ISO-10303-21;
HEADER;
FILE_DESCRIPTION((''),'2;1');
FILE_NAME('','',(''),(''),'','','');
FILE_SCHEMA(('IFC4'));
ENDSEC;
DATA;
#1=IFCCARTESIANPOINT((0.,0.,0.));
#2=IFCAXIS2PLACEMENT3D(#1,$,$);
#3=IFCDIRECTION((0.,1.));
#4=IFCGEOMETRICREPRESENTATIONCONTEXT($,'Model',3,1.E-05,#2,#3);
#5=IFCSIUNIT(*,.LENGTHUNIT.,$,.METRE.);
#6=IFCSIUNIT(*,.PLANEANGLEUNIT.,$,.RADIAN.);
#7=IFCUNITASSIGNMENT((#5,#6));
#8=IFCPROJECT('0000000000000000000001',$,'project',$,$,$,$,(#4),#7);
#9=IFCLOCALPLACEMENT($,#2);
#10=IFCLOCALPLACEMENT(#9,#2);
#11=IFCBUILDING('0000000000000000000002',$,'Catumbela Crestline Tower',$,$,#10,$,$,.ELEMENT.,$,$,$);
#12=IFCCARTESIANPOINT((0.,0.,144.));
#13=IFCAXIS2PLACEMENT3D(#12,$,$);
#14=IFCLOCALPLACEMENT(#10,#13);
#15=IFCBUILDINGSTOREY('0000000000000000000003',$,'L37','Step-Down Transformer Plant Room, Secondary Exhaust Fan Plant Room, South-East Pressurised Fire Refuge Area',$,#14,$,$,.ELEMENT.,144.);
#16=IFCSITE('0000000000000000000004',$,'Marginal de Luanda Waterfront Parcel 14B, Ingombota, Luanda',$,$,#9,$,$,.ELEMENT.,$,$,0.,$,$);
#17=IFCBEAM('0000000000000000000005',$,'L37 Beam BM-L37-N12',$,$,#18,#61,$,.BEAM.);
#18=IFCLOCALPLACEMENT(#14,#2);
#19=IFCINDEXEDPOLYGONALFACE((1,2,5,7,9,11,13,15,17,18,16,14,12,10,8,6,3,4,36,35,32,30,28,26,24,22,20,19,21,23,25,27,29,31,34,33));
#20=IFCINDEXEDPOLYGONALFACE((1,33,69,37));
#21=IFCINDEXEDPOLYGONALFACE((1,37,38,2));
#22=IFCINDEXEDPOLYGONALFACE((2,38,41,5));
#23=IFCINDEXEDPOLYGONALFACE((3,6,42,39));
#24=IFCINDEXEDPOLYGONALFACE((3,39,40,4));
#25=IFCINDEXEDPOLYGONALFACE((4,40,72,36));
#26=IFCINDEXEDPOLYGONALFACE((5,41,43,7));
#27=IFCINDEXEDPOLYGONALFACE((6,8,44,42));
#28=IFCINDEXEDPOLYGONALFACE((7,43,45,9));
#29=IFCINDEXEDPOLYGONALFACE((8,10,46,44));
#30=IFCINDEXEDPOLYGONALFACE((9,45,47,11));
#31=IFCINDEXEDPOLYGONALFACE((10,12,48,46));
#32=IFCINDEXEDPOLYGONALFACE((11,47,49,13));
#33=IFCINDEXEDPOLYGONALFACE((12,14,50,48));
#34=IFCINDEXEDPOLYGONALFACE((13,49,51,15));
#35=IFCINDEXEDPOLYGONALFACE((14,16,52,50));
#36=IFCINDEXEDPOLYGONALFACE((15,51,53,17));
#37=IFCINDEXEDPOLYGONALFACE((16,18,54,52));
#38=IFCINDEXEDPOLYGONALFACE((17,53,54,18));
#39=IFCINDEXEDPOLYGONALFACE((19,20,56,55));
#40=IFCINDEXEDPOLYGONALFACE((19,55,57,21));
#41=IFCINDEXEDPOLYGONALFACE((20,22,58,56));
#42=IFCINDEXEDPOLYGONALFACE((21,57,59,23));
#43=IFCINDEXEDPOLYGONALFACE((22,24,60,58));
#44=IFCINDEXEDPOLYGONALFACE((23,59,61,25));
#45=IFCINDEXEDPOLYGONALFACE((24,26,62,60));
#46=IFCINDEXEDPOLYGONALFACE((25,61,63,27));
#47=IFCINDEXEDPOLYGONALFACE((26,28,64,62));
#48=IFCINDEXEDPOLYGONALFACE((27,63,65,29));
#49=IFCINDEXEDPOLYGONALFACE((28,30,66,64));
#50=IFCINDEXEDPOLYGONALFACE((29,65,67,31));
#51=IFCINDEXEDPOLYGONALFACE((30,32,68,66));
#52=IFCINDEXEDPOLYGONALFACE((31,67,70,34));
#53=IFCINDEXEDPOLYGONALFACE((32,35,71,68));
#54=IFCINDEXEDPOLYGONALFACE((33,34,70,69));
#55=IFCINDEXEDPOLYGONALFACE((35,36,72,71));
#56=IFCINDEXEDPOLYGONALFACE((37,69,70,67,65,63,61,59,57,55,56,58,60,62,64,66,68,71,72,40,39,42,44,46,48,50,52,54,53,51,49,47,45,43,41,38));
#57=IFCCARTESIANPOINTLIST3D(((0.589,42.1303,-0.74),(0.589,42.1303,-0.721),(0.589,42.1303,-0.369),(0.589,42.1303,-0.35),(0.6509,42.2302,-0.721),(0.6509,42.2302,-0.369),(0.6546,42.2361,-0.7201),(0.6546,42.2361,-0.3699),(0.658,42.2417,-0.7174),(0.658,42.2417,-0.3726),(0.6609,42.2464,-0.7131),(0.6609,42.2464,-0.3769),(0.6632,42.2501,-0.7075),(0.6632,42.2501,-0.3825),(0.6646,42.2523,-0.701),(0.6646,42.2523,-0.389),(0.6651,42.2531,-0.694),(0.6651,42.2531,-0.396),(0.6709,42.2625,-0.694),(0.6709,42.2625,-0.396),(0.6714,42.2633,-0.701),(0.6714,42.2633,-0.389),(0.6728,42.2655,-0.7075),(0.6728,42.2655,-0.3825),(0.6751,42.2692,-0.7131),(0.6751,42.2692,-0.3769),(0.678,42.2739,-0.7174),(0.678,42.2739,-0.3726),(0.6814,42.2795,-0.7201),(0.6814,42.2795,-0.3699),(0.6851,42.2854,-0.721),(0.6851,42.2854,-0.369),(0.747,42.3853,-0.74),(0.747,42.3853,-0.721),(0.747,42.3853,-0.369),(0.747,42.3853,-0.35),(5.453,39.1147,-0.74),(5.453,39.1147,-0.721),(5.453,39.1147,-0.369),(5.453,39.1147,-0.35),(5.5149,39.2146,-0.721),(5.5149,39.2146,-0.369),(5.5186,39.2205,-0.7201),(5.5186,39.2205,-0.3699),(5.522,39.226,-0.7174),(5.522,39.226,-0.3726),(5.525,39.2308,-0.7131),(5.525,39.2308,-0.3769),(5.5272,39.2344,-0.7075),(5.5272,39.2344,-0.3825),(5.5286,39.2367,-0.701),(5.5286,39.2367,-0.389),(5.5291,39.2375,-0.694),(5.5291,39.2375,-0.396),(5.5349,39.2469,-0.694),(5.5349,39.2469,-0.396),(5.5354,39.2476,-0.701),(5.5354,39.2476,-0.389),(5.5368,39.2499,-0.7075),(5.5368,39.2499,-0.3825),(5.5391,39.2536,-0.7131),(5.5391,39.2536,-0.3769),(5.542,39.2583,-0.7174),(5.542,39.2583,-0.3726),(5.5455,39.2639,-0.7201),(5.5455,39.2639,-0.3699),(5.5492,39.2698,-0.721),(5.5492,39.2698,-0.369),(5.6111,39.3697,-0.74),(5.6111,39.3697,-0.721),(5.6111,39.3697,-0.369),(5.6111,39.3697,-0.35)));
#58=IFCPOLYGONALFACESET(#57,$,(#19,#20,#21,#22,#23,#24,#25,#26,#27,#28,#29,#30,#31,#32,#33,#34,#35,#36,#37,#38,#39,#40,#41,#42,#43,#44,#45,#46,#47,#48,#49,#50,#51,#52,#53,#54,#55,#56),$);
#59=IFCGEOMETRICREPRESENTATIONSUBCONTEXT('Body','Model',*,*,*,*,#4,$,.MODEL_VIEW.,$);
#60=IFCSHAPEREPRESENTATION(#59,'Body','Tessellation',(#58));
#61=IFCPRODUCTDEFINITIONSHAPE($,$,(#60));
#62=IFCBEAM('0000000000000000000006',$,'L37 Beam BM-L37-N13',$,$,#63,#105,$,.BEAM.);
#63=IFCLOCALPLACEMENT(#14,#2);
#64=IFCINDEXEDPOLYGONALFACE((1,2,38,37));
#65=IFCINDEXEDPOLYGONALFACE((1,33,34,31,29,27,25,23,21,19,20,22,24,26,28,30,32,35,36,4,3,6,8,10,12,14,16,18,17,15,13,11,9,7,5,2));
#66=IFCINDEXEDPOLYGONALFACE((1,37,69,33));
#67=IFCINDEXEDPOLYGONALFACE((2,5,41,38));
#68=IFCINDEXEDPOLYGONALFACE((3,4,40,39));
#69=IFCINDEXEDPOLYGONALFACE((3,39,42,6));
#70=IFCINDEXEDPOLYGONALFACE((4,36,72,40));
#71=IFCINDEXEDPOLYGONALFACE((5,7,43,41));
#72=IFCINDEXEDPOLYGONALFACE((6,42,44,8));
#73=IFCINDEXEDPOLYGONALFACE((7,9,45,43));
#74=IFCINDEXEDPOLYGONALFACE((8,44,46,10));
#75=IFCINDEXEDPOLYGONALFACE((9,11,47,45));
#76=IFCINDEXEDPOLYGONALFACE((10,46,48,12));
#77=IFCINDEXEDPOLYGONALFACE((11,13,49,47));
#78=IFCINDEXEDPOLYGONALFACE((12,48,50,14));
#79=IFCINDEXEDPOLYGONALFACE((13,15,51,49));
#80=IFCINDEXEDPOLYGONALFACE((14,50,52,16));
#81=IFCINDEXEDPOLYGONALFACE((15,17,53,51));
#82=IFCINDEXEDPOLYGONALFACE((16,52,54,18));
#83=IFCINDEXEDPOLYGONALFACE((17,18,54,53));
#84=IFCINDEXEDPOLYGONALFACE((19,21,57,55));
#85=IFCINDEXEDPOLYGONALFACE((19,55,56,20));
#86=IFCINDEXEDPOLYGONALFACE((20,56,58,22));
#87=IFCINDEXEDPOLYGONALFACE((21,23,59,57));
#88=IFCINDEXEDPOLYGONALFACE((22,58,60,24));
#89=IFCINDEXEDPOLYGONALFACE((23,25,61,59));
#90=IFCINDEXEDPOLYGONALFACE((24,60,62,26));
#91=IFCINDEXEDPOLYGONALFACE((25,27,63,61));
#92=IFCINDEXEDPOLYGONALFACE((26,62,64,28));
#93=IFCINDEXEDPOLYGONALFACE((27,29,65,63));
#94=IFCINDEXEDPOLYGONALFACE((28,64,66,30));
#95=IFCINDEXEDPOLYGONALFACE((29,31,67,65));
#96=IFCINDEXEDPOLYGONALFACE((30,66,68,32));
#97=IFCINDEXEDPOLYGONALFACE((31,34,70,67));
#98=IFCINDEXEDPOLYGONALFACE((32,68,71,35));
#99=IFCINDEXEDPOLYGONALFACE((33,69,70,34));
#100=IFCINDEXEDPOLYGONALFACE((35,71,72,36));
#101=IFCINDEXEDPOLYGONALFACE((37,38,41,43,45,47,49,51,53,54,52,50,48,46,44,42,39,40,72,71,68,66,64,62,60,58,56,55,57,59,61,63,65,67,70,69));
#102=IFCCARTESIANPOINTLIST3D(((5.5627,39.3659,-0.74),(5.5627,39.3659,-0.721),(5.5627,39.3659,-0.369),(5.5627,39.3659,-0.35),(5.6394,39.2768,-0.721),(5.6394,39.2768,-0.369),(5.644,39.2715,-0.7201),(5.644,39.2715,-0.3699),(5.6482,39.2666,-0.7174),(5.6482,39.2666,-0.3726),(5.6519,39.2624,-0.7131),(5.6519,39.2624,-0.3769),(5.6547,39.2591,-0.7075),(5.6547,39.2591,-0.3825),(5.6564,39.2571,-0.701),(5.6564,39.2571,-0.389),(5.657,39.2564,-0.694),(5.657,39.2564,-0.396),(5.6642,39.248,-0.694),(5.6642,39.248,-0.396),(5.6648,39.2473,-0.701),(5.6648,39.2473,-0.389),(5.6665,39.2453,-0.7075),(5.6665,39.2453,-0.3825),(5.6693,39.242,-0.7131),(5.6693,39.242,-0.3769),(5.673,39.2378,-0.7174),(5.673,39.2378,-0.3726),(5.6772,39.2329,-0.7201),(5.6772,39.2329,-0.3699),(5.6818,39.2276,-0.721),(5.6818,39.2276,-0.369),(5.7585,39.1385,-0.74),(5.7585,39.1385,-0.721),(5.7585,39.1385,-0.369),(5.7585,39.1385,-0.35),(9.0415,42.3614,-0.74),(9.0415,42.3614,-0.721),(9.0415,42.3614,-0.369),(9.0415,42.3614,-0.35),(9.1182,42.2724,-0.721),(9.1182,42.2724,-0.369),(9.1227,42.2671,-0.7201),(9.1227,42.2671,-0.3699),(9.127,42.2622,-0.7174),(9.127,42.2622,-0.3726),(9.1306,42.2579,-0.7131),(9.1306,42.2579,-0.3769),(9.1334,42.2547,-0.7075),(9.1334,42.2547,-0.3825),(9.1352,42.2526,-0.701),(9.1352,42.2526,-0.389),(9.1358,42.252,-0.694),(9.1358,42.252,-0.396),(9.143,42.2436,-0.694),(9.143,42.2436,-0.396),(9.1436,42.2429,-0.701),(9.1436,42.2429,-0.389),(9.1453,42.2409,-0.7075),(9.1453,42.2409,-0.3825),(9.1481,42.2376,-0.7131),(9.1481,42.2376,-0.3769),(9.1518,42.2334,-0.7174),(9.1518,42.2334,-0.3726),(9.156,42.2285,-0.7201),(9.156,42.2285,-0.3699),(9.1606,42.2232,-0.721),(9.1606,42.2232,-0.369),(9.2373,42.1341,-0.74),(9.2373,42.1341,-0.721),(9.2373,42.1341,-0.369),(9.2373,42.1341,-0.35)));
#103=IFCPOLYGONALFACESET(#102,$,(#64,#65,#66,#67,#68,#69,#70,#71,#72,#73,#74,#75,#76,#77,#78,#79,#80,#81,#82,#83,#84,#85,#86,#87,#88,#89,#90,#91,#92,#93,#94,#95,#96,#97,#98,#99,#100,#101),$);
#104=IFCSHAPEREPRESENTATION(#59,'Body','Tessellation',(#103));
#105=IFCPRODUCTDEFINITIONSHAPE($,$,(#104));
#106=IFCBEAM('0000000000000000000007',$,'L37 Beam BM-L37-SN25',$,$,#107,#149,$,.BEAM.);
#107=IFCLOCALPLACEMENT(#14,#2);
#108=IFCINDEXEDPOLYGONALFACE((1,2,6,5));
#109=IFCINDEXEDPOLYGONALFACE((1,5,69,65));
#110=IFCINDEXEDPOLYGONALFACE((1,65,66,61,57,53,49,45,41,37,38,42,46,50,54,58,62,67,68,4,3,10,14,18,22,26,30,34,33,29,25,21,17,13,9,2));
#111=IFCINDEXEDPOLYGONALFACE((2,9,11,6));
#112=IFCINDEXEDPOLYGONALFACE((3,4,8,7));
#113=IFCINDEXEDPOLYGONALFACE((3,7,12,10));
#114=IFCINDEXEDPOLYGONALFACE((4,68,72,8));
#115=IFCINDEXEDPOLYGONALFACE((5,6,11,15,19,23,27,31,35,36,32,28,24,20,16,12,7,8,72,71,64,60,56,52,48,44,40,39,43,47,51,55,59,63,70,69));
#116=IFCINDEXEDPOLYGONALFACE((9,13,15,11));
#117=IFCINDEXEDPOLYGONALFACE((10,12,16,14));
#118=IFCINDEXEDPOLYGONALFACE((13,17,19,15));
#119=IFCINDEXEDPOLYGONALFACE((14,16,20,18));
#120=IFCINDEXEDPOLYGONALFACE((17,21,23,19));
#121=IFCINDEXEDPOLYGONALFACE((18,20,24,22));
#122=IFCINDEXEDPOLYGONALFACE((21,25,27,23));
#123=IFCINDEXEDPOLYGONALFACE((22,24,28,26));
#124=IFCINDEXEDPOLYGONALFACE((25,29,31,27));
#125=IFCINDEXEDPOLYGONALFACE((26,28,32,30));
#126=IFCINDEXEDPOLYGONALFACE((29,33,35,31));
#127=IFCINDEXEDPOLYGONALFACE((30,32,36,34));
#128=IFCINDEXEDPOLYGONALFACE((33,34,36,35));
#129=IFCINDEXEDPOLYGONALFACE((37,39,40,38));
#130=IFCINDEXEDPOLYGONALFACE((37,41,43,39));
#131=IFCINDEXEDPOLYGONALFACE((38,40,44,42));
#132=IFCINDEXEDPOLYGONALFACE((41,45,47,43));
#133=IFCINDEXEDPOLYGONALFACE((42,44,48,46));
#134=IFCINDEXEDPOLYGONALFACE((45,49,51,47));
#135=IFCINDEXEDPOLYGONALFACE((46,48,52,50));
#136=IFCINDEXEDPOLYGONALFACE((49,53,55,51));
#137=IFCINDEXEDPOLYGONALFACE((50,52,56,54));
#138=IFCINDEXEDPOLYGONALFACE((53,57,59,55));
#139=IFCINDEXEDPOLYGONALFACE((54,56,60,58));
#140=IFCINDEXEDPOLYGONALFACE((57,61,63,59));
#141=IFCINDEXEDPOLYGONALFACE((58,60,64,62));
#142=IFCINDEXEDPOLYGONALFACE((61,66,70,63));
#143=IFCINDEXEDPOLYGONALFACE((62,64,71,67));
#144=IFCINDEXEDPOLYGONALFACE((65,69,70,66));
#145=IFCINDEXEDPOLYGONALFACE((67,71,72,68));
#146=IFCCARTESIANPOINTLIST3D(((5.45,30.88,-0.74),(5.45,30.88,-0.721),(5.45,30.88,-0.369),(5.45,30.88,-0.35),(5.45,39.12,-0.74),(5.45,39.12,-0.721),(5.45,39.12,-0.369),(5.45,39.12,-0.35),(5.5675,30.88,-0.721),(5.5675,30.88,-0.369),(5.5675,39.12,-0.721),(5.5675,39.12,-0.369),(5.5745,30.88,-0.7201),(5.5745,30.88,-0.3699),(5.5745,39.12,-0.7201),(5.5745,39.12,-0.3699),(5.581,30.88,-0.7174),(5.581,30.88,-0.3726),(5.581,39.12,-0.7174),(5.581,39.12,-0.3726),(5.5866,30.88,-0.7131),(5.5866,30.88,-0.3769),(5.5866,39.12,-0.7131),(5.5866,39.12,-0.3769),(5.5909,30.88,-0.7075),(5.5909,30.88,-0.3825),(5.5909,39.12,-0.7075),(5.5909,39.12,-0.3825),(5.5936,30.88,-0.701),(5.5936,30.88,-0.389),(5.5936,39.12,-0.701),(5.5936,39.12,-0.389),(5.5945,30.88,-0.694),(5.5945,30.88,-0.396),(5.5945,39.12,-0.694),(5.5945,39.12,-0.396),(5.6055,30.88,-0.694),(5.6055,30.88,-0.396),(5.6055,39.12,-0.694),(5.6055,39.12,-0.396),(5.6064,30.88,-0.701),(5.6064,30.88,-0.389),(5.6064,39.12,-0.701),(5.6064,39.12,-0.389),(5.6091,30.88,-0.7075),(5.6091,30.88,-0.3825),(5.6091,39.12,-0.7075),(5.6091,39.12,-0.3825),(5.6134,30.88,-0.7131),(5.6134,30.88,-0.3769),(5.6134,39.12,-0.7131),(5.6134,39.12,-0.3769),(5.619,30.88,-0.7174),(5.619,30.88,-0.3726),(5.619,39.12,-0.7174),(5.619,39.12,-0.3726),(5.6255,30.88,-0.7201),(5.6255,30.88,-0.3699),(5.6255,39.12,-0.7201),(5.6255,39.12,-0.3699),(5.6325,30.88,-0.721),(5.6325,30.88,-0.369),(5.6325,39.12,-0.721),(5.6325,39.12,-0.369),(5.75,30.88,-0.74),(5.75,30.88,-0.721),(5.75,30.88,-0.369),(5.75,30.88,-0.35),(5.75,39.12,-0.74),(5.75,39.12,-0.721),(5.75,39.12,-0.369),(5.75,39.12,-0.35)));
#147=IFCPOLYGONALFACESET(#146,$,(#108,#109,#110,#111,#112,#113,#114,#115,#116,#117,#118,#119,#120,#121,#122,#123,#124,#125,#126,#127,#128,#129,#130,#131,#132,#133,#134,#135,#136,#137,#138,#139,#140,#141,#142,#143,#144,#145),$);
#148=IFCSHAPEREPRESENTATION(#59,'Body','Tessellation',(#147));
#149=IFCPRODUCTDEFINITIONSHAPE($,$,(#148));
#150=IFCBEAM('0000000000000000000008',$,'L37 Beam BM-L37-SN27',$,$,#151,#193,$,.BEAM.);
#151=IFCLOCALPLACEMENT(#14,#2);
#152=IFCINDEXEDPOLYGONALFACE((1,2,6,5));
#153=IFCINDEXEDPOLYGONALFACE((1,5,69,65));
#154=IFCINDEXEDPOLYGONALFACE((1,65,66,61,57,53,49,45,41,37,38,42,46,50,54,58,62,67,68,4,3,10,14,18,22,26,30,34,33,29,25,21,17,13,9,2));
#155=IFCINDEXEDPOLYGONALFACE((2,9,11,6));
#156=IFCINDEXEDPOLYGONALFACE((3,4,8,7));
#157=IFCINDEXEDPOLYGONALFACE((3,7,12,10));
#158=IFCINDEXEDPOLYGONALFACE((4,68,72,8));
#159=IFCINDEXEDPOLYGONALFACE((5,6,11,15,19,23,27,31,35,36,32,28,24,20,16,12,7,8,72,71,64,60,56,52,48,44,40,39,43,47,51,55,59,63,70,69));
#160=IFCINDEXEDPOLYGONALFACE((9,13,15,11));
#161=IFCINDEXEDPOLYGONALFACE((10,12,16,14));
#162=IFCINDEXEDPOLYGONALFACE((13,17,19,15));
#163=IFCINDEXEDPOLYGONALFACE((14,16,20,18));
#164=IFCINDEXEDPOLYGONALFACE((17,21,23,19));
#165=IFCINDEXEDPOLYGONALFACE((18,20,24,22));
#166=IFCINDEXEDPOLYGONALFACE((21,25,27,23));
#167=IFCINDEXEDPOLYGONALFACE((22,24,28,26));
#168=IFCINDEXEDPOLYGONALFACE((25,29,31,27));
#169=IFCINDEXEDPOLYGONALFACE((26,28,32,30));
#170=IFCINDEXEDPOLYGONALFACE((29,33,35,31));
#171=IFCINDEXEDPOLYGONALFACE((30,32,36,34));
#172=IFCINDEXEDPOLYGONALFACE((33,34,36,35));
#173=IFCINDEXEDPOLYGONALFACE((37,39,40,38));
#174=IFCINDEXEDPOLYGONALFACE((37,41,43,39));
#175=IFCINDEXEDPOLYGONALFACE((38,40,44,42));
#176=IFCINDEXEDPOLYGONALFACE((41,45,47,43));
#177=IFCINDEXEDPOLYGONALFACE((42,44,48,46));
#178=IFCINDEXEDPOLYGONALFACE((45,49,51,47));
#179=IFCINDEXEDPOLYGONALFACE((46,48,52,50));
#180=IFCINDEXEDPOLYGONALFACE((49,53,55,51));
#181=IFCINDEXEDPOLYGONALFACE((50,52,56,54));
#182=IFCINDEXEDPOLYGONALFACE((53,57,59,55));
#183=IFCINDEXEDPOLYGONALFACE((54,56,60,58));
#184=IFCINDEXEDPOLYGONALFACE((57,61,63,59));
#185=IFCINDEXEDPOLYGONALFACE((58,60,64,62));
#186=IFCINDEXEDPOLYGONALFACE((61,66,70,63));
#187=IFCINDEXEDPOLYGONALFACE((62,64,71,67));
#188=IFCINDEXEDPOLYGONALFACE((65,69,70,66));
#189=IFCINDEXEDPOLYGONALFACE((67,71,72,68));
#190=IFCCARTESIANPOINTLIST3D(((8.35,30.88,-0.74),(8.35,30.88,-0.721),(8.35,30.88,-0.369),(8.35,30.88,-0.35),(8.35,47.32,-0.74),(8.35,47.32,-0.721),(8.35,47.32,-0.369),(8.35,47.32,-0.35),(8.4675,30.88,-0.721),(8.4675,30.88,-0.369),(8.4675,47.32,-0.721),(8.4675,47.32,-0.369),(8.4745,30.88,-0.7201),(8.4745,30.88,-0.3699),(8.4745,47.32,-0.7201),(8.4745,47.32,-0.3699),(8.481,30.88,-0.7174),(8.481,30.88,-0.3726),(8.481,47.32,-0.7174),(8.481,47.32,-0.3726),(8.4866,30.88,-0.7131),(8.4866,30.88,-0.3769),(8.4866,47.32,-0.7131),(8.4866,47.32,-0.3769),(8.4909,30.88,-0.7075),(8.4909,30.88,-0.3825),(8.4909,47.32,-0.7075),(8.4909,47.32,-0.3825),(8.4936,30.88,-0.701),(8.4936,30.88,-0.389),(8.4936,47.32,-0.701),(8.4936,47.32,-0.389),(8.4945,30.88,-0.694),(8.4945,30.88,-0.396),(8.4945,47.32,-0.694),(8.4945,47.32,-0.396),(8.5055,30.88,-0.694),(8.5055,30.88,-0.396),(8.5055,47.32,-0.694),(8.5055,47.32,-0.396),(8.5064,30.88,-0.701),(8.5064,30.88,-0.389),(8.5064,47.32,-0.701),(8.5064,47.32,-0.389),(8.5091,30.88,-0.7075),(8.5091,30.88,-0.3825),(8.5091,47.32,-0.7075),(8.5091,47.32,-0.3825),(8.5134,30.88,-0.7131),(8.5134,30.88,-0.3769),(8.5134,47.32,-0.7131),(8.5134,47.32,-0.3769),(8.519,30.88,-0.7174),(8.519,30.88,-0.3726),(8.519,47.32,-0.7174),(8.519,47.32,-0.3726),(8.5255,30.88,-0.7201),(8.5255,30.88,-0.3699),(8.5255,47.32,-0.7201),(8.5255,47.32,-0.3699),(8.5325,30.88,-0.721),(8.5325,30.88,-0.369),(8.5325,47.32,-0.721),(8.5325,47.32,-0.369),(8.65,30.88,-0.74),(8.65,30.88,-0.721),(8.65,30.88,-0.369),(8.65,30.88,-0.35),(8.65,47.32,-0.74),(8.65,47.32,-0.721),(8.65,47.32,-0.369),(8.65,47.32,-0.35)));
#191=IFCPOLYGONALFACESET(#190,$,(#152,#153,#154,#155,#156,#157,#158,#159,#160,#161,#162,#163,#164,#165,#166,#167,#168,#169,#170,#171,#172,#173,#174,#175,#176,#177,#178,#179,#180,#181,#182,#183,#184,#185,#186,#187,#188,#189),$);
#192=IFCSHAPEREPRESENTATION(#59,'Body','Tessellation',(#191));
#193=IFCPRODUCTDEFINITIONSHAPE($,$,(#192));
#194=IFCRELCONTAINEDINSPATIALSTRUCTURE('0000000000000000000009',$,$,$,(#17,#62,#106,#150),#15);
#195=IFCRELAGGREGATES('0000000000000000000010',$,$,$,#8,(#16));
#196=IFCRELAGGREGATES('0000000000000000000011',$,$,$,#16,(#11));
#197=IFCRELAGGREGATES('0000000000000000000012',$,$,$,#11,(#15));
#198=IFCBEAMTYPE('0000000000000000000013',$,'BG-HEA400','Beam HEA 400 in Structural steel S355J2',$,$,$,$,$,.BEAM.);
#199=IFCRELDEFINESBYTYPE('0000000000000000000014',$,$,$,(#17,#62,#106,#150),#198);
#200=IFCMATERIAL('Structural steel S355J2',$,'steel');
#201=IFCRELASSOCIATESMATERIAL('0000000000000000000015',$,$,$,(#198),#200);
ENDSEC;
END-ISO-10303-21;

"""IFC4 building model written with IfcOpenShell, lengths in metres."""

from ifc_helpers import new_model, si_unit, direction, frame, origin, origin_2d, place, context, subcontext, project, spatial, i_section, extrude, material, material_profile, profile_set, type_object, element, save


model = new_model("IFC4")

# Units and contexts
model_context = context("Model", 3, precision=1e-05, world=origin(), true_north=direction((0.0, 1.0)))
body_context = subcontext(model_context, "Body", "Model", "MODEL_VIEW")
ifc_project = project(units=[si_unit("LENGTHUNIT", "METRE"), si_unit("PLANEANGLEUNIT", "RADIAN")], contexts=[model_context])

# Site, building, storey
site_placement = place(None, origin())
site = spatial("IfcSite", under=ifc_project, at=site_placement, Name="Marginal de Luanda Waterfront Parcel 14B, Ingombota, Luanda", CompositionType="ELEMENT", RefElevation=0.0)
building_placement = place(site_placement, origin())
building = spatial("IfcBuilding", under=site, at=building_placement, Name="Catumbela Crestline Tower", CompositionType="ELEMENT")
storey_placement = place(building_placement, frame((0.0, 0.0, 144.0)))
storey = spatial("IfcBuildingStorey", under=building, at=storey_placement, Name="L37", Description="Step-Down Transformer Plant Room, Secondary Exhaust Fan Plant Room, South-East Pressurised Fire Refuge Area", CompositionType="ELEMENT", Elevation=144.0)

# Beams
ifc_material_1 = material(Name="Structural steel S355J2", Category="steel")
ifc_material_profile_1 = material_profile(ifc_material_1, i_section(OverallWidth=0.3, OverallDepth=0.39, WebThickness=0.011, FlangeThickness=0.019, FilletRadius=0.027, at=origin_2d()), Name="HEA 400")
ifc_profile_set_1 = profile_set([ifc_material_profile_1], Name="Structural steel S355J2")
beam_type_1 = type_object("IfcBeamType", Name="BG-HEA400", Description="Beam HEA 400 in Structural steel S355J2", PredefinedType="BEAM", material=ifc_profile_set_1)
beam_1_placement = place(storey_placement, frame((0.668, 42.2578, -0.545), z_axis=(0.849909, -0.52693, 0.0), x_axis=(0.52693, 0.849909, 0.0)))
element("IfcBeam", 1, at=beam_1_placement, inside=storey, type_object=beam_type_1, Name="L37 Beam BM-L37-N12", PredefinedType="BEAM", context=body_context, shape_type="SweptSolid", body=[
    extrude(i_section(OverallWidth=0.3, OverallDepth=0.39, WebThickness=0.011, FlangeThickness=0.019, FilletRadius=0.027, at=origin_2d()), origin(), (0.0, 0.0, 1.0), 5.723),
])
beam_2_placement = place(storey_placement, frame((5.6606, 39.2522, -0.545), z_axis=(0.757772, 0.652519, 0.0), x_axis=(-0.652519, 0.757772, 0.0)))
element("IfcBeam", 2, at=beam_2_placement, inside=storey, type_object=beam_type_1, Name="L37 Beam BM-L37-N13", PredefinedType="BEAM", context=body_context, shape_type="SweptSolid", body=[
    extrude(i_section(OverallWidth=0.3, OverallDepth=0.39, WebThickness=0.011, FlangeThickness=0.019, FilletRadius=0.027, at=origin_2d()), origin(), (0.0, 0.0, 1.0), 4.5908),
])
beam_3_placement = place(storey_placement, frame((5.6, 30.88, -0.545), z_axis=(0.0, 1.0, 0.0), x_axis=(-1.0, 0.0, 0.0)))
element("IfcBeam", 3, at=beam_3_placement, inside=storey, type_object=beam_type_1, Name="L37 Beam BM-L37-SN25", PredefinedType="BEAM", context=body_context, shape_type="SweptSolid", body=[
    extrude(i_section(OverallWidth=0.3, OverallDepth=0.39, WebThickness=0.011, FlangeThickness=0.019, FilletRadius=0.027, at=origin_2d()), origin(), (0.0, 0.0, 1.0), 8.24),
])
beam_4_placement = place(storey_placement, frame((8.5, 30.88, -0.545), z_axis=(0.0, 1.0, 0.0), x_axis=(-1.0, 0.0, 0.0)))
element("IfcBeam", 4, at=beam_4_placement, inside=storey, type_object=beam_type_1, Name="L37 Beam BM-L37-SN27", PredefinedType="BEAM", context=body_context, shape_type="SweptSolid", body=[
    extrude(i_section(OverallWidth=0.3, OverallDepth=0.39, WebThickness=0.011, FlangeThickness=0.019, FilletRadius=0.027, at=origin_2d()), origin(), (0.0, 0.0, 1.0), 16.44),
])

save(model, "model.ifc")
